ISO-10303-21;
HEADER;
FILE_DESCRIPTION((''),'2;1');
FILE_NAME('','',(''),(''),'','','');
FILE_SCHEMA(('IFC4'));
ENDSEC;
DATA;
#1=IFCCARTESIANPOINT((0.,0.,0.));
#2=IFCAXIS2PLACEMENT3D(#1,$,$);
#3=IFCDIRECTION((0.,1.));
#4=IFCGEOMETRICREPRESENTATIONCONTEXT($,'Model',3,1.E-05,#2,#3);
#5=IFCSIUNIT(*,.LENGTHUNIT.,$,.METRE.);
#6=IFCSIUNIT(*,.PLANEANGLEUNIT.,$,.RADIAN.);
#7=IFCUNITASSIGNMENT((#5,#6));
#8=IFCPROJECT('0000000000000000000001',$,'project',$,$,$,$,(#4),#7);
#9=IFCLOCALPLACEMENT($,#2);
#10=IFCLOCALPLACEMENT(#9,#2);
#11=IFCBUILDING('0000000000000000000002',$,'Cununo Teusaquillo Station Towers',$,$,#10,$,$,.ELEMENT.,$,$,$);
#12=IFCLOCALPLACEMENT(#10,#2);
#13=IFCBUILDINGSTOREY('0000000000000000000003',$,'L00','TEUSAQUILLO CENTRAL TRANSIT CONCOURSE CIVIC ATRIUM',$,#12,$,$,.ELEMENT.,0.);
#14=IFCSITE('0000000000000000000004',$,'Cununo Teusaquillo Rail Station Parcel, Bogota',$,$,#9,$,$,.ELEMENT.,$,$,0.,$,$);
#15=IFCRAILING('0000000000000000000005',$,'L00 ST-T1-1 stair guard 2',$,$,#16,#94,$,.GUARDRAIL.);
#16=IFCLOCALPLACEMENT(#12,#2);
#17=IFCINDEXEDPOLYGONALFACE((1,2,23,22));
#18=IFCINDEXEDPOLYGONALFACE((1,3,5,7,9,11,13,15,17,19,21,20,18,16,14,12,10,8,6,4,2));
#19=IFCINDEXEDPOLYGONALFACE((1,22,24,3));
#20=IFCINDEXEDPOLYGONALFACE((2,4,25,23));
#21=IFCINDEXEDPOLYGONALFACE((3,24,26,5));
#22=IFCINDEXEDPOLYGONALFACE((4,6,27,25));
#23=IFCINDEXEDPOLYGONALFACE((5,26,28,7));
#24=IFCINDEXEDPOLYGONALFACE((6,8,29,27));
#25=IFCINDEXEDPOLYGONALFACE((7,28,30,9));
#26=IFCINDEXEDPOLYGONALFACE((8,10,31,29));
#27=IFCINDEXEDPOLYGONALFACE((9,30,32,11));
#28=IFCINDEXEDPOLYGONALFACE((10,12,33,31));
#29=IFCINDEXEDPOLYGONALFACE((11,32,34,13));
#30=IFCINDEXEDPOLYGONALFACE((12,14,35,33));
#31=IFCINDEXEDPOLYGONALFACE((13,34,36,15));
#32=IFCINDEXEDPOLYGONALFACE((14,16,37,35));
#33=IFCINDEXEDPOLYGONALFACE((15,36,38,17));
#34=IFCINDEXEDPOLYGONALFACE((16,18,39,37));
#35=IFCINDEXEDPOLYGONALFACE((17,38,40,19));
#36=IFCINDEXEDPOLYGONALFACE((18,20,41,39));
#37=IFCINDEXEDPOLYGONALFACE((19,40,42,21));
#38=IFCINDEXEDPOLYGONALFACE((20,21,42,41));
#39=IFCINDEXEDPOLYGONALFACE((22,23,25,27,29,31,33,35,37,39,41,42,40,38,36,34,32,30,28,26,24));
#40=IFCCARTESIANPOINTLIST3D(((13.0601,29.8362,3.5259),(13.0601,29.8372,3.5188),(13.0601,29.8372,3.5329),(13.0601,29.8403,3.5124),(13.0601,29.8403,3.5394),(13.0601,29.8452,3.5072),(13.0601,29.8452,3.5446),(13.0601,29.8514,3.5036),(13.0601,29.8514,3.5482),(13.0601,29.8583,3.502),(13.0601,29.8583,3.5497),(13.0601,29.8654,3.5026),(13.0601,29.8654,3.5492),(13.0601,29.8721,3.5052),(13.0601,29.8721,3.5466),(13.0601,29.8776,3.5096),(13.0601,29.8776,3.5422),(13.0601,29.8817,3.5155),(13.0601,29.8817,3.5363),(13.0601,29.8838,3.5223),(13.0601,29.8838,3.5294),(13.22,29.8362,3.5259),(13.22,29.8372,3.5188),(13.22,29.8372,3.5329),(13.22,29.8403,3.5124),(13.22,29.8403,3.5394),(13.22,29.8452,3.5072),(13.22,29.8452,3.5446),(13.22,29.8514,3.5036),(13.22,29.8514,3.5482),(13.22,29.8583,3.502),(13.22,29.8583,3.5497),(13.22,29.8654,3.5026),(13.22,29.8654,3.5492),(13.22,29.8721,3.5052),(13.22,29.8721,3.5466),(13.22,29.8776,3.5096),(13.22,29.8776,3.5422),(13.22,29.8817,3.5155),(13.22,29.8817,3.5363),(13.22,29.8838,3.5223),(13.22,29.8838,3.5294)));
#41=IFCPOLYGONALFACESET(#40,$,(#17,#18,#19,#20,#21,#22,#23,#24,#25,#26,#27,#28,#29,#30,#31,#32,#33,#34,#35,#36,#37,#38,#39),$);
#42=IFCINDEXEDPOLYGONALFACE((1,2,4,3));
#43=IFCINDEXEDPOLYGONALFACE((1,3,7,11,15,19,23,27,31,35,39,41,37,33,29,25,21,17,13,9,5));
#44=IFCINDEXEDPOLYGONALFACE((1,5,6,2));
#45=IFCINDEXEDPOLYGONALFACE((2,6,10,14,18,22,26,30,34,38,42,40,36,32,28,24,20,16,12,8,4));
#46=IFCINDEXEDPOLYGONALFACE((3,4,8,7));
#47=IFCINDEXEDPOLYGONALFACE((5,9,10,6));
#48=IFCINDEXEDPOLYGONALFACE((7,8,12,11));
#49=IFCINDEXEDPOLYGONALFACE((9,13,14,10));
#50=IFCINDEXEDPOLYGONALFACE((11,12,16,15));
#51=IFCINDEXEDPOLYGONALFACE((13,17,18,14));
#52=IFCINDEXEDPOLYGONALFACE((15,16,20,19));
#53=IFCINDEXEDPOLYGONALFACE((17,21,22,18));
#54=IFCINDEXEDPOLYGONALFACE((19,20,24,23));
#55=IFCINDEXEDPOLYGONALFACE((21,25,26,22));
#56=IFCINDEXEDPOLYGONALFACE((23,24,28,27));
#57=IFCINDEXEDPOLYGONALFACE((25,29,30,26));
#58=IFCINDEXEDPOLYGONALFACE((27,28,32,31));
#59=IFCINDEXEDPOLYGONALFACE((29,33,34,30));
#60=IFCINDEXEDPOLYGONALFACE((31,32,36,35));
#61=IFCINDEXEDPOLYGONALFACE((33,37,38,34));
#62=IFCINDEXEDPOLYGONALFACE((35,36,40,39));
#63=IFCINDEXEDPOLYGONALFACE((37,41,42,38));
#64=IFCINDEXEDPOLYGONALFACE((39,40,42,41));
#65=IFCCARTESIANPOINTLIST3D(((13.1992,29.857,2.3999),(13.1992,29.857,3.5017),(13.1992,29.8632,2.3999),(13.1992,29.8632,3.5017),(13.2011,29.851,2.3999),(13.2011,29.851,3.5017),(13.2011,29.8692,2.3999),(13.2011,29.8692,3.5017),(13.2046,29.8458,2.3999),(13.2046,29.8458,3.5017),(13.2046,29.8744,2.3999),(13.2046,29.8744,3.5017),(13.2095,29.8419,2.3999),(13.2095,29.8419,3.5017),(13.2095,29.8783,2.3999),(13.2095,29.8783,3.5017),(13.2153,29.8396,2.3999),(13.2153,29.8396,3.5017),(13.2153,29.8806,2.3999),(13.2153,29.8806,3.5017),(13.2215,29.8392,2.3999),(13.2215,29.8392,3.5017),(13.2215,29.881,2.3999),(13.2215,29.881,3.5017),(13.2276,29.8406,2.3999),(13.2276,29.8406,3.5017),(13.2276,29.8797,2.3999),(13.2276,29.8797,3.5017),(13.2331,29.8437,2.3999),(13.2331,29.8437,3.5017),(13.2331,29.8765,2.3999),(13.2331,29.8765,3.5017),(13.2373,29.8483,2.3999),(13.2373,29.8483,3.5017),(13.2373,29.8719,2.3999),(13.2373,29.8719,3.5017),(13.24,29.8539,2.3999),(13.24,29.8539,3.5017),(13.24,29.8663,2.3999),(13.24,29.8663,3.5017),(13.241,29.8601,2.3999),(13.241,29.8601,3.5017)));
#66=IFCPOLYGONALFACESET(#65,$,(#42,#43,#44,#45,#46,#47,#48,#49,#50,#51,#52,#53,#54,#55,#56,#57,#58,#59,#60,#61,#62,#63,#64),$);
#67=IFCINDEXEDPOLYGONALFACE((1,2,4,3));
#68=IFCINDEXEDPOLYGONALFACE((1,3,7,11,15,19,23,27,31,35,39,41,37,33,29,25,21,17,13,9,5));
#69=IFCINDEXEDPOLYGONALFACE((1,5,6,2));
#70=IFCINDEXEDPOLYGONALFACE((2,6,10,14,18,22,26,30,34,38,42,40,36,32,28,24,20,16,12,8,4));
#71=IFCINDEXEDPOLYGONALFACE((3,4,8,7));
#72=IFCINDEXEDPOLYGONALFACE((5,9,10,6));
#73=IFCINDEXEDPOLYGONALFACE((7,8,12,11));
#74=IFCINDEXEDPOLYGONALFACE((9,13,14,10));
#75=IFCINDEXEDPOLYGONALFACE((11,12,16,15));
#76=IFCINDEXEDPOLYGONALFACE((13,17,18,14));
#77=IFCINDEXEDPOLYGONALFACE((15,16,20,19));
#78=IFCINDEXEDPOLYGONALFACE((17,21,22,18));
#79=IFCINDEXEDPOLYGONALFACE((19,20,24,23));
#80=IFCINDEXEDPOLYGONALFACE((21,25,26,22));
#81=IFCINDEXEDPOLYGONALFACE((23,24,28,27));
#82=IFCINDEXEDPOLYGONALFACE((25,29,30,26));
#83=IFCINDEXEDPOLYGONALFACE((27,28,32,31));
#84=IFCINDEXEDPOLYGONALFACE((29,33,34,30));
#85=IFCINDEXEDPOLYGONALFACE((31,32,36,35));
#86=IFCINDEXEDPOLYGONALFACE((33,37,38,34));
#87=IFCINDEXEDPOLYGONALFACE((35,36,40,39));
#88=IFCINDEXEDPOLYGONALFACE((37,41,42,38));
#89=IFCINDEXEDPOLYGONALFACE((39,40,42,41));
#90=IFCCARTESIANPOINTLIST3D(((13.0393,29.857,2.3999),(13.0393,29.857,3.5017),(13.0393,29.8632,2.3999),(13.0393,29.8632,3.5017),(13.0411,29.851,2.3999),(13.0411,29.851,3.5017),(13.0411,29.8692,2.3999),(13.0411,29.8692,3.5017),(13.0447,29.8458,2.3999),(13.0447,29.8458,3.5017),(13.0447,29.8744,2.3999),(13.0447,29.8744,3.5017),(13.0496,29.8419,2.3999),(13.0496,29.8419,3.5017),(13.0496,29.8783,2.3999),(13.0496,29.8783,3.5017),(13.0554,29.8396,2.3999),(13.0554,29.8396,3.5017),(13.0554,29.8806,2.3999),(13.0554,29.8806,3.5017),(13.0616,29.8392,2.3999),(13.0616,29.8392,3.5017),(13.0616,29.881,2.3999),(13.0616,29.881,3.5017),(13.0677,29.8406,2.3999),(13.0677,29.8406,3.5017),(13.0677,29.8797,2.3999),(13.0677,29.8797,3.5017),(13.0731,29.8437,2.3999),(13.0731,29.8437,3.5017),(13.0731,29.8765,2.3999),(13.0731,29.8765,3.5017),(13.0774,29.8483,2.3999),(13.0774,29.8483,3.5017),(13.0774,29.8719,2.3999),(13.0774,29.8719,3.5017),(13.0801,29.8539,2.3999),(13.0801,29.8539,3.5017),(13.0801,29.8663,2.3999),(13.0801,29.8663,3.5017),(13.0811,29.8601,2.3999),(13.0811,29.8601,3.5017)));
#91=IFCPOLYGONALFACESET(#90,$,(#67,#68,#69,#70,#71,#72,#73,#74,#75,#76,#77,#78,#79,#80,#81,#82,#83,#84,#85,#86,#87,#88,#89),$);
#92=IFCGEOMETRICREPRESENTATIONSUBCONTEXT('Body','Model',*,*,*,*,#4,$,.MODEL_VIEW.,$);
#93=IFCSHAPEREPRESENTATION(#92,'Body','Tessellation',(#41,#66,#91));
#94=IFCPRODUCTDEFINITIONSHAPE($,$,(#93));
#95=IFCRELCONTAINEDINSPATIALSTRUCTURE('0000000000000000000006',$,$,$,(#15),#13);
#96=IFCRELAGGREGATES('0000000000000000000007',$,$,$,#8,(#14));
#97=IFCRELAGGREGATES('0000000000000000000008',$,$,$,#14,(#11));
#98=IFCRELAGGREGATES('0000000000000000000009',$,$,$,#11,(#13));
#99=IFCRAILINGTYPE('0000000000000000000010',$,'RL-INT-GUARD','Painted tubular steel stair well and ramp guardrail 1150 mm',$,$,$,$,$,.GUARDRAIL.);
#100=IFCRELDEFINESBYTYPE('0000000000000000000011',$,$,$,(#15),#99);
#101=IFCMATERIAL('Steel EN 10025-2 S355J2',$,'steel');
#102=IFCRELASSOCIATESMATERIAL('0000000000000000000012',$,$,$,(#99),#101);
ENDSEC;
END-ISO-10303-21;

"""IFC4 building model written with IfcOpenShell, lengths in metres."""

from ifc_helpers import new_model, si_unit, direction, frame, origin, origin_2d, place, context, subcontext, project, spatial, circle, extrude, material, type_object, element, save


model = new_model("IFC4")

# Units and contexts
model_context = context("Model", 3, precision=1e-05, world=origin(), true_north=direction((0.0, 1.0)))
body_context = subcontext(model_context, "Body", "Model", "MODEL_VIEW")
ifc_project = project(units=[si_unit("LENGTHUNIT", "METRE"), si_unit("PLANEANGLEUNIT", "RADIAN")], contexts=[model_context])

# Site, building, storey
site_placement = place(None, origin())
site = spatial("IfcSite", under=ifc_project, at=site_placement, Name="Cununo Teusaquillo Rail Station Parcel, Bogota", CompositionType="ELEMENT", RefElevation=0.0)
building_placement = place(site_placement, origin())
building = spatial("IfcBuilding", under=site, at=building_placement, Name="Cununo Teusaquillo Station Towers", CompositionType="ELEMENT")
storey_placement = place(building_placement, origin())
storey = spatial("IfcBuildingStorey", under=building, at=storey_placement, Name="L00", Description="TEUSAQUILLO CENTRAL TRANSIT CONCOURSE CIVIC ATRIUM", CompositionType="ELEMENT", Elevation=0.0)

# Railing
ifc_material_1 = material(Name="Steel EN 10025-2 S355J2", Category="steel")
railing_type_1 = type_object("IfcRailingType", Name="RL-INT-GUARD", Description="Painted tubular steel stair well and ramp guardrail 1150 mm", PredefinedType="GUARDRAIL", material=ifc_material_1)
railing_1_placement = place(storey_placement, frame((13.22, 29.8601, 2.3999)))
element("IfcRailing", 1, at=railing_1_placement, inside=storey, type_object=railing_type_1, Name="L00 ST-T1-1 stair guard 2", PredefinedType="GUARDRAIL", context=body_context, shape_type="SweptSolid", body=[
    extrude(circle(Radius=0.0239, at=origin_2d()), frame((0.0, 0.0, 1.126), z_axis=(-1.0, 0.0, 0.0), x_axis=(0.0, -1.0, 0.0)), (0.0, 0.0, 1.0), 0.1599),
    extrude(circle(Radius=0.021, at=origin_2d()), origin(), (0.0, 0.0, 1.0), 1.1018),
    extrude(circle(Radius=0.021, at=origin_2d()), frame((-0.1599, 0.0, 0.0)), (0.0, 0.0, 1.0), 1.1018),
])

save(model, "model.ifc")
